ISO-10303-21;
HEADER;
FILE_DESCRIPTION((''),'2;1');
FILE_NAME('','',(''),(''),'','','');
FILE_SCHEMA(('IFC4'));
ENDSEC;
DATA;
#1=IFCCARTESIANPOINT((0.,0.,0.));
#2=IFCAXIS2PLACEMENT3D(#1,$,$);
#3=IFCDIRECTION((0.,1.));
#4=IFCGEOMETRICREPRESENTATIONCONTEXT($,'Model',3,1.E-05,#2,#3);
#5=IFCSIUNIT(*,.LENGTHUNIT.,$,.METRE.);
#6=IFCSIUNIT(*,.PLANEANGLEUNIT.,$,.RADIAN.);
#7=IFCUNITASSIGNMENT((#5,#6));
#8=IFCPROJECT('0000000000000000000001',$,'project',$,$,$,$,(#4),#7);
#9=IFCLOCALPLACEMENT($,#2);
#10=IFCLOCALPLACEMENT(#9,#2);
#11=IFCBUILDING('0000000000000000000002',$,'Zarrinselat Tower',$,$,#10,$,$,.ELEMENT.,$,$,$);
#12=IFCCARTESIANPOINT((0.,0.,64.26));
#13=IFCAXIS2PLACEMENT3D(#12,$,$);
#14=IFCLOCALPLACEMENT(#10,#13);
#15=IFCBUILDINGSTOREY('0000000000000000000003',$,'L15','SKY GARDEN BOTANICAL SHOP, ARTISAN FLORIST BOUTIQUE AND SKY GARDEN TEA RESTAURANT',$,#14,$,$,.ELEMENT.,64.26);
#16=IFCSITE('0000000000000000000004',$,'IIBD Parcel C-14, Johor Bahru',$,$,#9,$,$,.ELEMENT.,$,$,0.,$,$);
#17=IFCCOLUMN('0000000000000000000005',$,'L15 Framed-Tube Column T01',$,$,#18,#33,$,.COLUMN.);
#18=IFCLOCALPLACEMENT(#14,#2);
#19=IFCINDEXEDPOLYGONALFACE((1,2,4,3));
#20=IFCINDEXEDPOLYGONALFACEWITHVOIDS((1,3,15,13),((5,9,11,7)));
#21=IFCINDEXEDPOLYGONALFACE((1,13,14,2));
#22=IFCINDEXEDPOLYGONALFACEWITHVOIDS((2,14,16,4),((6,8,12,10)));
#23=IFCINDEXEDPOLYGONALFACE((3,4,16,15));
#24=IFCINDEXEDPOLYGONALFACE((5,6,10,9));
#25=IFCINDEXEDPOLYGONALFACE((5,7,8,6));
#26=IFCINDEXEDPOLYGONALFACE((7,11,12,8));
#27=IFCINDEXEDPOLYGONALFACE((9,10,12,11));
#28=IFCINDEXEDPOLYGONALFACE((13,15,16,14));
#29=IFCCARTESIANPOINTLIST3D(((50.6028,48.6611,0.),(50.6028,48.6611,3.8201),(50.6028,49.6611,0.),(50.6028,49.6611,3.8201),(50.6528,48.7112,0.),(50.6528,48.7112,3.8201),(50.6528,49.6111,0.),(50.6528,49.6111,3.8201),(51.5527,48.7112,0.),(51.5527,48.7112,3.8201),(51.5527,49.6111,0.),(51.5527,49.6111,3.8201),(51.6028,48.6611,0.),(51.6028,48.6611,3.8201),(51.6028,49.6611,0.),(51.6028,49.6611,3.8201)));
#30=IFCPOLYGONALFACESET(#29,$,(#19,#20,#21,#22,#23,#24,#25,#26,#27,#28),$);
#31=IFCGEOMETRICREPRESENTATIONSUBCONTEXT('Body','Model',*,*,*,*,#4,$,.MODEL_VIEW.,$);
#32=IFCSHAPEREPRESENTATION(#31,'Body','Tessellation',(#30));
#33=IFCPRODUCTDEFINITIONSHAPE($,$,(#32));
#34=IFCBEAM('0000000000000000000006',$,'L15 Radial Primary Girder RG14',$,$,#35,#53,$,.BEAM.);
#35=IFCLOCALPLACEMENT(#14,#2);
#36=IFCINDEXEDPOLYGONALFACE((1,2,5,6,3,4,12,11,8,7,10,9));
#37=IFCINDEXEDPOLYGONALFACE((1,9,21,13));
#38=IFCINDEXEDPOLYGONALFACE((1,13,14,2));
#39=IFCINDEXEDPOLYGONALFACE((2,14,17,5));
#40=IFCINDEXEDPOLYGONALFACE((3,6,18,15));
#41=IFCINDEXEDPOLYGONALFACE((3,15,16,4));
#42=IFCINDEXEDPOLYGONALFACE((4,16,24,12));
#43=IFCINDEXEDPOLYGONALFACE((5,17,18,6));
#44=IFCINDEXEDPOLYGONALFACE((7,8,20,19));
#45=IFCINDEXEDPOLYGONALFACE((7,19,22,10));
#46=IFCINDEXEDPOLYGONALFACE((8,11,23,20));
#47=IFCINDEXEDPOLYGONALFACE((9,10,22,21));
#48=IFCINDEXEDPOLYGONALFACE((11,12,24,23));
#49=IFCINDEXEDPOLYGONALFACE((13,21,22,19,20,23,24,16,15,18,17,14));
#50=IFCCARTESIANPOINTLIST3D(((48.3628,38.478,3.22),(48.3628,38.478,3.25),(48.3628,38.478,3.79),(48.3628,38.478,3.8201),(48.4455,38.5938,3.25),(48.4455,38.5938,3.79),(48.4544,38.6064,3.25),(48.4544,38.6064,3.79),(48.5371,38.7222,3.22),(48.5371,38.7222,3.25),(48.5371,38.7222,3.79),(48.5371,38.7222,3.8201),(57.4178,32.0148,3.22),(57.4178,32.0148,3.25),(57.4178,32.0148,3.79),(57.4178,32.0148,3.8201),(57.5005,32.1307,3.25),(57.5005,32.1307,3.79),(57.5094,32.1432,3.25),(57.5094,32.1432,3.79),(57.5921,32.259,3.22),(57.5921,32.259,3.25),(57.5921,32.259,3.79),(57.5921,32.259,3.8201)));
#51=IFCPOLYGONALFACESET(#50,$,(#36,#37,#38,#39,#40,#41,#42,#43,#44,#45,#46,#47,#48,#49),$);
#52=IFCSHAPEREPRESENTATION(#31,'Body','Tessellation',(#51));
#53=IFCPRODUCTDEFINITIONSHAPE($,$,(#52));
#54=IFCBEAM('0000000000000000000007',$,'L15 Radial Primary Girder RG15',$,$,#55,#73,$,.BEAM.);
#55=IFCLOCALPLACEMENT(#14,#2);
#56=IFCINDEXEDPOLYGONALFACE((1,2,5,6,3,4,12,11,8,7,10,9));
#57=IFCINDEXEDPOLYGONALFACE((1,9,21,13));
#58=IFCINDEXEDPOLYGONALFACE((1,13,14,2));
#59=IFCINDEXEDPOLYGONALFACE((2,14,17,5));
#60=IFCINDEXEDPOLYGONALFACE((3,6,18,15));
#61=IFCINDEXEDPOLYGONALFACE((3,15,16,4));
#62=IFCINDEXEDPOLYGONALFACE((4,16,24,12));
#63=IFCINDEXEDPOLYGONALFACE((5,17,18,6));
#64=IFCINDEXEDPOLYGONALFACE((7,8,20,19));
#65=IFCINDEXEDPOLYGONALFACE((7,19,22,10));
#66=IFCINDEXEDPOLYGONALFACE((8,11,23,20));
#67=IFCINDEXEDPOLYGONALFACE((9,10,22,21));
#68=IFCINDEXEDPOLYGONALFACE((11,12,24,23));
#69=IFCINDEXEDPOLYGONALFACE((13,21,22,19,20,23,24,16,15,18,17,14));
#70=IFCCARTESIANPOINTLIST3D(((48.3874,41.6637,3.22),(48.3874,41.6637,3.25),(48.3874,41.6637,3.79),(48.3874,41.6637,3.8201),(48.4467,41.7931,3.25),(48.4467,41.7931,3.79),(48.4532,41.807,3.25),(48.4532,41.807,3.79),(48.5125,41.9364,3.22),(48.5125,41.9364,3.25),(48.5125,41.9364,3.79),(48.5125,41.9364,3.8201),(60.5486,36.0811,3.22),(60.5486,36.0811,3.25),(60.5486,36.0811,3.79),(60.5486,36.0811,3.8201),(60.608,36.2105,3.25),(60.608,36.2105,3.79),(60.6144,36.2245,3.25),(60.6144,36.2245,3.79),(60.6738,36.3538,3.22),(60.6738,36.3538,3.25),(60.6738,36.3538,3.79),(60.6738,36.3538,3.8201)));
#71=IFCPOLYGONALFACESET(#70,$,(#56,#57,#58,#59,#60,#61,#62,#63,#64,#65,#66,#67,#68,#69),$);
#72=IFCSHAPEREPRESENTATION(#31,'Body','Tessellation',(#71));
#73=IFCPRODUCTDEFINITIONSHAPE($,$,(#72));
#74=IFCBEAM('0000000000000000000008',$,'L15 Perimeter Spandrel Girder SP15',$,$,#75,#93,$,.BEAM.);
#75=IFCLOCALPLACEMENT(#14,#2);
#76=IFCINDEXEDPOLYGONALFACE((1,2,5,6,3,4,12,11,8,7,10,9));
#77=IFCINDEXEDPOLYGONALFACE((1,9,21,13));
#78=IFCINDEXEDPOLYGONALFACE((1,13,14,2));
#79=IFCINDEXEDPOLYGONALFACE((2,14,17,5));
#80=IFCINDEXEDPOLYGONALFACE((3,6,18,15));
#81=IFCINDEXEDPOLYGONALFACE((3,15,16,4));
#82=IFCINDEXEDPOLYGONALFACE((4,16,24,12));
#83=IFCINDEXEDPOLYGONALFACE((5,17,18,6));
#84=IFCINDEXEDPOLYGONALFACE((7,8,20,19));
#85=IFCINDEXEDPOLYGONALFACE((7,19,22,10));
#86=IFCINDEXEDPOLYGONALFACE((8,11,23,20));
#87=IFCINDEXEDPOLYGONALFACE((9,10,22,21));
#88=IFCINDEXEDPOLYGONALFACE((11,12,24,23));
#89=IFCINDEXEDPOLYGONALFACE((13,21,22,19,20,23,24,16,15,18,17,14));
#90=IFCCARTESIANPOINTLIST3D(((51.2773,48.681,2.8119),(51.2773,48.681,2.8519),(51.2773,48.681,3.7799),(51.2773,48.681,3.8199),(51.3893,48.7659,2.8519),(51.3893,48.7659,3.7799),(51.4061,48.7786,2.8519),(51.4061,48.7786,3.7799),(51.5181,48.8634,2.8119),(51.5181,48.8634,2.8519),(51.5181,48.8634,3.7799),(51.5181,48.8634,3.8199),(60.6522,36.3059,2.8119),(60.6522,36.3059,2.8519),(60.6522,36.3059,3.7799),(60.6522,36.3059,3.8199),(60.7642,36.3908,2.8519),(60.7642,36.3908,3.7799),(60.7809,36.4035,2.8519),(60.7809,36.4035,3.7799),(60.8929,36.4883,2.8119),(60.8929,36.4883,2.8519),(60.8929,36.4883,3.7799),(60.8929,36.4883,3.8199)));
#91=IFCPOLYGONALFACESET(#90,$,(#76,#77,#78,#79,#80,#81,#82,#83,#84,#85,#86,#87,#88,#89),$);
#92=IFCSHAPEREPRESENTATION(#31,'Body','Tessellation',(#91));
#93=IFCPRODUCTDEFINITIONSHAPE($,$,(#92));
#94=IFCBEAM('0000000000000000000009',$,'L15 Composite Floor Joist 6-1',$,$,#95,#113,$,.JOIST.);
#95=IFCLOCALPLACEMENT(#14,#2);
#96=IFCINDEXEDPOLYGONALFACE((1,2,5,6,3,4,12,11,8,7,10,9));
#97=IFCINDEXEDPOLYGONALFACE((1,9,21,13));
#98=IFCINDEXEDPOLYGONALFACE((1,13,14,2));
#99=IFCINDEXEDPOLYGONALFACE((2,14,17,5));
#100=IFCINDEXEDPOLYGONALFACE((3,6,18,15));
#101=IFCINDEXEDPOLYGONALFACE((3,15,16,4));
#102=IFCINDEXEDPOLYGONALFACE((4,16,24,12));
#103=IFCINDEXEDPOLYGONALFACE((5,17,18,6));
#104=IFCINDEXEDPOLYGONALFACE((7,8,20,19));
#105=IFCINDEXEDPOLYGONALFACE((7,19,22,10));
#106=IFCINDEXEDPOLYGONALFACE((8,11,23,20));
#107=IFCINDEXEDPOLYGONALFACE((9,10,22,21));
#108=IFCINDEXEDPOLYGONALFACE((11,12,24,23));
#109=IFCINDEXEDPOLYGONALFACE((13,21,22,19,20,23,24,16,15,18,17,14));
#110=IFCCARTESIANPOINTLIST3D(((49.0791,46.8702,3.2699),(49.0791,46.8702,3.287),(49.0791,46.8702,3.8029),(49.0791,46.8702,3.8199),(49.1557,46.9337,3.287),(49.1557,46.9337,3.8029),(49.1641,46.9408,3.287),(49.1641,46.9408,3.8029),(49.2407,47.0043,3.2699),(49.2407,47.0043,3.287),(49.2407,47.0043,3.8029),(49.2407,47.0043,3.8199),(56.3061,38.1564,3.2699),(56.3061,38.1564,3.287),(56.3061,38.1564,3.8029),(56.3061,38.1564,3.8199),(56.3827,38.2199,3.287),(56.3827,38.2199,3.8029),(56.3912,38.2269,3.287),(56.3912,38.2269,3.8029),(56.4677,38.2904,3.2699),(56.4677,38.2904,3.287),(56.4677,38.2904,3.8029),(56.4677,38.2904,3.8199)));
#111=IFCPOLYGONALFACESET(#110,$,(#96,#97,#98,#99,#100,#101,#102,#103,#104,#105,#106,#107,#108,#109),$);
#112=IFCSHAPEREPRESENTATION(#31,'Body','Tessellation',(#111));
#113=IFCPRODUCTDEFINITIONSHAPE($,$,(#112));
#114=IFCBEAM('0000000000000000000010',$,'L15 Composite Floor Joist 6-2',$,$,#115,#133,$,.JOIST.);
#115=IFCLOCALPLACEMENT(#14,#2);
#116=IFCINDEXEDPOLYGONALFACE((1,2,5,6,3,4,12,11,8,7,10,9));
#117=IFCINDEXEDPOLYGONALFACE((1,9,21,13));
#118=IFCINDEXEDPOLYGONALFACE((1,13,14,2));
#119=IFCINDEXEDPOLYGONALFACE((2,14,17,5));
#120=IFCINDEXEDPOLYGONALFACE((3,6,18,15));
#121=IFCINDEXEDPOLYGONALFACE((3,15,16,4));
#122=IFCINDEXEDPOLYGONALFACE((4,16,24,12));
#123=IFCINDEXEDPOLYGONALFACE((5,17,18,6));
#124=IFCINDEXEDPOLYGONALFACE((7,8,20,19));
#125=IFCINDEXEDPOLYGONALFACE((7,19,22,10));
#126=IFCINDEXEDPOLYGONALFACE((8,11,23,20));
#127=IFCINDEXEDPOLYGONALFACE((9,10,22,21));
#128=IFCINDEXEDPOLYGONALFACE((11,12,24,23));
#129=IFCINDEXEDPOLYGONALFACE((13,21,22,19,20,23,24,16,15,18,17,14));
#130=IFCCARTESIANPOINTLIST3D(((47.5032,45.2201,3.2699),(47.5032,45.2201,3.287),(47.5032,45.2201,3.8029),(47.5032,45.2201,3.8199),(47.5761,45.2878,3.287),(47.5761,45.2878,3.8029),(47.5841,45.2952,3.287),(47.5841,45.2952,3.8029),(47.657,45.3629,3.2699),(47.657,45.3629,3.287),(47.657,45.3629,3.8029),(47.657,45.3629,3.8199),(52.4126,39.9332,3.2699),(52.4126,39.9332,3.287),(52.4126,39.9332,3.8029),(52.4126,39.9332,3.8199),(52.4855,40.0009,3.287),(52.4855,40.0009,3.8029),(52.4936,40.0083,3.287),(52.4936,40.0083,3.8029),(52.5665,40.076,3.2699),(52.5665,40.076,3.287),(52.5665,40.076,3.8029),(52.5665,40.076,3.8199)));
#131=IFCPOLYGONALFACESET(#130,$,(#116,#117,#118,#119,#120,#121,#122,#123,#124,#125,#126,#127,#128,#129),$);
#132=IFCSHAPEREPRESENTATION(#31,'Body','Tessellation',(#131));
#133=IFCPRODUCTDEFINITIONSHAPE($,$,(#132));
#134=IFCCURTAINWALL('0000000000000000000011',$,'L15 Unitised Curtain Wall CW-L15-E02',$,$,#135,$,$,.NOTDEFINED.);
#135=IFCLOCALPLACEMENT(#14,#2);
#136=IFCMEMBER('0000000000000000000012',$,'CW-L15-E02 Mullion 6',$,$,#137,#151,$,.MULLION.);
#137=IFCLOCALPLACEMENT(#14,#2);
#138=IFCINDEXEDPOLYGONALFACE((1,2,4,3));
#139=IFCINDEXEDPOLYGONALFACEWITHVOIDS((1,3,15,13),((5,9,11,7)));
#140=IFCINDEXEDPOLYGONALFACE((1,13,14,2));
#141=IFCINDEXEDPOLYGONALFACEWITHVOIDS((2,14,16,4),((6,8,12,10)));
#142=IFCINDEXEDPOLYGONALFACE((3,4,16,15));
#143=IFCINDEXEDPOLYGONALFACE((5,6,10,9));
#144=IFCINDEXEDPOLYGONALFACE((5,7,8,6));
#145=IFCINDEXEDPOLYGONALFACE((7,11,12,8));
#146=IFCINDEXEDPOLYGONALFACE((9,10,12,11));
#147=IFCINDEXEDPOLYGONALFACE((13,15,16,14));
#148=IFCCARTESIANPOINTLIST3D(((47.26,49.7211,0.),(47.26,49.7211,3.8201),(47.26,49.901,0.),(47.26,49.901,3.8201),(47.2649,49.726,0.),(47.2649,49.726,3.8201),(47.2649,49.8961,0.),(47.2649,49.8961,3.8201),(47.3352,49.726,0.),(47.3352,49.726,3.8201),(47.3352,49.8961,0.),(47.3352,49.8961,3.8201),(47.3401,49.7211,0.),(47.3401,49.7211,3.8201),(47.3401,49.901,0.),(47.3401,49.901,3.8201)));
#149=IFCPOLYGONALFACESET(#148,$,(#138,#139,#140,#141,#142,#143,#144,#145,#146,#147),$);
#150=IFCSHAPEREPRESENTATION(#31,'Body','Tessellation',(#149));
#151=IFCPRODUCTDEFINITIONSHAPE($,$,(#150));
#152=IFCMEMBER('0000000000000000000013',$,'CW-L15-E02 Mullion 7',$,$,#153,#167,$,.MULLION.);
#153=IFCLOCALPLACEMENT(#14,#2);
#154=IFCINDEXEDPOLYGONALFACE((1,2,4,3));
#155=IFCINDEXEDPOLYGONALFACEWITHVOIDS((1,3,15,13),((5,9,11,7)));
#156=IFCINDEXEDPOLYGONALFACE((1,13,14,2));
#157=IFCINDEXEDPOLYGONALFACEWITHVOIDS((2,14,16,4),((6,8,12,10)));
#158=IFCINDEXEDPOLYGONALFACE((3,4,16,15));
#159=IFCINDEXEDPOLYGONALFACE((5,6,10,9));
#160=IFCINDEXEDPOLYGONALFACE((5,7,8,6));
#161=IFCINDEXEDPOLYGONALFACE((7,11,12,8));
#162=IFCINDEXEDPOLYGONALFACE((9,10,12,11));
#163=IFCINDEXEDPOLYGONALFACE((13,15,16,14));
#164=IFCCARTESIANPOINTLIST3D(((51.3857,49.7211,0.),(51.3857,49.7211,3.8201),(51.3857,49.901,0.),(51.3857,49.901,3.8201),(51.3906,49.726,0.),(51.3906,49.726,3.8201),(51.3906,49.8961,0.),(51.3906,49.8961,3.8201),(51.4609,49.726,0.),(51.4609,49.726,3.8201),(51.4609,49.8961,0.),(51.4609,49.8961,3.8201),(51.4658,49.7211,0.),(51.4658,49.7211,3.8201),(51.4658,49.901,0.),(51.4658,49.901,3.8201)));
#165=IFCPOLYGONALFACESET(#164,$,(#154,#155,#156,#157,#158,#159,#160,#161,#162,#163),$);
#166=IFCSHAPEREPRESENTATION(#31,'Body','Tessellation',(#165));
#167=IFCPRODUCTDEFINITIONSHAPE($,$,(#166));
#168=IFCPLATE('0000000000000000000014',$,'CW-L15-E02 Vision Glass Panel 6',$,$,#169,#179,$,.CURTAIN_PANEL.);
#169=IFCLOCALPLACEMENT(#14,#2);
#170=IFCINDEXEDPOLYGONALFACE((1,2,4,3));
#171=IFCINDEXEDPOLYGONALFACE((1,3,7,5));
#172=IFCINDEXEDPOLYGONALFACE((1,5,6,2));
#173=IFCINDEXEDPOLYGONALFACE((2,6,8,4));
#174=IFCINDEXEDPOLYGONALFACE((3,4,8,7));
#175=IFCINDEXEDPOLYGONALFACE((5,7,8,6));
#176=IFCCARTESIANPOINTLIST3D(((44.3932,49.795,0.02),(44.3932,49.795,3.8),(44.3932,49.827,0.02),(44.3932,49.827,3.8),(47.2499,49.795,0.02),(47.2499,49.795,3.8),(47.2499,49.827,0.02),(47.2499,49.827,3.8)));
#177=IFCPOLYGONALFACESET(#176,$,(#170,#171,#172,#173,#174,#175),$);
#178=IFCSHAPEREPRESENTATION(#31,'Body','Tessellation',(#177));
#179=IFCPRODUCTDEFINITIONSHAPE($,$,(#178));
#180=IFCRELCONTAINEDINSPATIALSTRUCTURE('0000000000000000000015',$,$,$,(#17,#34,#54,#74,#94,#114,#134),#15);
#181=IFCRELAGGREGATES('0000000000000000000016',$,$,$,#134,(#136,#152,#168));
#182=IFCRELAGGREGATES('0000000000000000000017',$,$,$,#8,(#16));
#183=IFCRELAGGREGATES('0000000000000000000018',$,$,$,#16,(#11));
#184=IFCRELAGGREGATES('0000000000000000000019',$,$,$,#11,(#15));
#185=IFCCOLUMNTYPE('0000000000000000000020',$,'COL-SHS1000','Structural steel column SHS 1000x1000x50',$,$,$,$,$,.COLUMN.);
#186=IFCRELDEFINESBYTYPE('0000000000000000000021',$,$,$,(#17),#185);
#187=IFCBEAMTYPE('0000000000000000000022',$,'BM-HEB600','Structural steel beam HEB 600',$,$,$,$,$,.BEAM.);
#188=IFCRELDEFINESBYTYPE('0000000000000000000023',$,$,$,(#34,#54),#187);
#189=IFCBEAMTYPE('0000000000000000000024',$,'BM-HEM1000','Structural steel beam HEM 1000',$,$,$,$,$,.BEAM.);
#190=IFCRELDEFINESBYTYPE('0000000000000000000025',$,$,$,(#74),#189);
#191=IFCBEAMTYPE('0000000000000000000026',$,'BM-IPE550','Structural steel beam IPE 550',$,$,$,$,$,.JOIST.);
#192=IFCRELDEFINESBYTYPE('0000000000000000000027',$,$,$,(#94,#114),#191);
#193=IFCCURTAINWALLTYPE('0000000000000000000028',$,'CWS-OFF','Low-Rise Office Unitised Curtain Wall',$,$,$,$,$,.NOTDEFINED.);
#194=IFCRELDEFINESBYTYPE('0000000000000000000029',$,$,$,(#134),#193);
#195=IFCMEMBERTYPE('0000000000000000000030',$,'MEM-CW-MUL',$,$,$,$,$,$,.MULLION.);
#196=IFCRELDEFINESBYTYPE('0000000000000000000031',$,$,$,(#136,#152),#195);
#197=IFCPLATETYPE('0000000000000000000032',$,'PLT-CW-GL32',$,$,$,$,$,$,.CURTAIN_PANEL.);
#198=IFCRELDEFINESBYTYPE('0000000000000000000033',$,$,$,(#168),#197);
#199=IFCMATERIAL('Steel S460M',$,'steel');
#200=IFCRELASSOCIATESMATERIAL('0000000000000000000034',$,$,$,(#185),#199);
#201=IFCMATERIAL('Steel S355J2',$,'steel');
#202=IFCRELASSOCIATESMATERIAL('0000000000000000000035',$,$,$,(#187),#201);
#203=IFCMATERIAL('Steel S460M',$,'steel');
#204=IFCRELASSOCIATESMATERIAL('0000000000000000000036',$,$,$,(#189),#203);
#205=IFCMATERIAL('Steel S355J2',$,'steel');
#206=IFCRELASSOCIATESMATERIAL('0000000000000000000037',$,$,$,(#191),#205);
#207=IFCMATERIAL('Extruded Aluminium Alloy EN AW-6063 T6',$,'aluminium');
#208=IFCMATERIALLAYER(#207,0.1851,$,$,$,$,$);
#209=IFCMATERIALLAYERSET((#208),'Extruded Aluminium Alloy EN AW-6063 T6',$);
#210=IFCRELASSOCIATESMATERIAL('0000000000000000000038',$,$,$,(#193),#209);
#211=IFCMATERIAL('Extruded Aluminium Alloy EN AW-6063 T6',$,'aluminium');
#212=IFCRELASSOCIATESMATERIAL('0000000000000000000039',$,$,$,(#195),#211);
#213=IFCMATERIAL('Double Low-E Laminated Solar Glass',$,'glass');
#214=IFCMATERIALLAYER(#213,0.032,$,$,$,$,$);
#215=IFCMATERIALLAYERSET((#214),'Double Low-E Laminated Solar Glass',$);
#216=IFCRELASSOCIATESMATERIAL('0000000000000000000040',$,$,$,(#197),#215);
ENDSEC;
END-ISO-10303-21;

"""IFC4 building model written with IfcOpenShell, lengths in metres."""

from ifc_helpers import new_model, si_unit, direction, frame, origin, origin_2d, place, context, subcontext, project, spatial, rectangle, hollow_rectangle, i_section, extrude, material, layer, layer_set, material_profile, profile_set, type_object, element, aggregate, save


model = new_model("IFC4")

# Units and contexts
model_context = context("Model", 3, precision=1e-05, world=origin(), true_north=direction((0.0, 1.0)))
body_context = subcontext(model_context, "Body", "Model", "MODEL_VIEW")
ifc_project = project(units=[si_unit("LENGTHUNIT", "METRE"), si_unit("PLANEANGLEUNIT", "RADIAN")], contexts=[model_context])

# Site, building, storey
site_placement = place(None, origin())
site = spatial("IfcSite", under=ifc_project, at=site_placement, Name="IIBD Parcel C-14, Johor Bahru", CompositionType="ELEMENT", RefElevation=0.0)
building_placement = place(site_placement, origin())
building = spatial("IfcBuilding", under=site, at=building_placement, Name="Zarrinselat Tower", CompositionType="ELEMENT")
storey_placement = place(building_placement, frame((0.0, 0.0, 64.26)))
storey = spatial("IfcBuildingStorey", under=building, at=storey_placement, Name="L15", Description="SKY GARDEN BOTANICAL SHOP, ARTISAN FLORIST BOUTIQUE AND SKY GARDEN TEA RESTAURANT", CompositionType="ELEMENT", Elevation=64.26)

# Column
ifc_material_1 = material(Name="Steel S460M", Category="steel")
ifc_material_profile_1 = material_profile(ifc_material_1, hollow_rectangle(XDim=1.0, YDim=1.0, WallThickness=0.05, at=origin_2d()), Name="SHS 1000x1000x50")
ifc_profile_set_1 = profile_set([ifc_material_profile_1], Name="Steel S460M")
column_type = type_object("IfcColumnType", Name="COL-SHS1000", Description="Structural steel column SHS 1000x1000x50", PredefinedType="COLUMN", material=ifc_profile_set_1)
column_placement = place(storey_placement, frame((51.1028, 49.1611, 0.0), z_axis=(0.0, 0.0, 1.0), x_axis=(1.0, 0.0, 0.0)))
element("IfcColumn", 1, at=column_placement, inside=storey, type_object=column_type, Name="L15 Framed-Tube Column T01", PredefinedType="COLUMN", context=body_context, shape_type="SweptSolid", body=[
    extrude(hollow_rectangle(XDim=1.0, YDim=1.0, WallThickness=0.05, at=origin_2d()), origin(), (0.0, 0.0, 1.0), 3.8201),
])

# Beams
ifc_material_2 = material(Name="Steel S355J2", Category="steel")
ifc_material_profile_2 = material_profile(ifc_material_2, i_section(OverallWidth=0.3, OverallDepth=0.6001, WebThickness=0.0154, FlangeThickness=0.03, at=origin_2d()), Name="HEB 600")
ifc_profile_set_2 = profile_set([ifc_material_profile_2], Name="Steel S355J2")
beam_type_1 = type_object("IfcBeamType", Name="BM-HEB600", Description="Structural steel beam HEB 600", PredefinedType="BEAM", material=ifc_profile_set_2)
beam_1_placement = place(storey_placement, frame((48.45, 38.6001, 3.52), z_axis=(0.813932, -0.58096, 0.0), x_axis=(0.58096, 0.813932, 0.0)))
element("IfcBeam", 2, at=beam_1_placement, inside=storey, type_object=beam_type_1, Name="L15 Radial Primary Girder RG14", PredefinedType="BEAM", context=body_context, shape_type="SweptSolid", body=[
    extrude(i_section(OverallWidth=0.3, OverallDepth=0.6001, WebThickness=0.0154, FlangeThickness=0.03, at=origin_2d()), origin(), (0.0, 0.0, 1.0), 11.125),
])
beam_2_placement = place(storey_placement, frame((48.45, 41.8, 3.52), z_axis=(0.908819, -0.41719, 0.0), x_axis=(0.41719, 0.908819, 0.0)))
element("IfcBeam", 3, at=beam_2_placement, inside=storey, type_object=beam_type_1, Name="L15 Radial Primary Girder RG15", PredefinedType="BEAM", context=body_context, shape_type="SweptSolid", body=[
    extrude(i_section(OverallWidth=0.3, OverallDepth=0.6001, WebThickness=0.0154, FlangeThickness=0.03, at=origin_2d()), origin(), (0.0, 0.0, 1.0), 13.3813),
])
ifc_material_3 = material(Name="Steel S460M", Category="steel")
ifc_material_profile_3 = material_profile(ifc_material_3, i_section(OverallWidth=0.302, OverallDepth=1.0081, WebThickness=0.021, FlangeThickness=0.04, at=origin_2d()), Name="HEM 1000")
ifc_profile_set_3 = profile_set([ifc_material_profile_3], Name="Steel S460M")
beam_type_2 = type_object("IfcBeamType", Name="BM-HEM1000", Description="Structural steel beam HEM 1000", PredefinedType="BEAM", material=ifc_profile_set_3)
beam_3_placement = place(storey_placement, frame((51.3977, 48.7722, 3.3159), z_axis=(0.603848, -0.7971, 0.0), x_axis=(0.7971, 0.603848, 0.0)))
element("IfcBeam", 4, at=beam_3_placement, inside=storey, type_object=beam_type_2, Name="L15 Perimeter Spandrel Girder SP15", PredefinedType="BEAM", context=body_context, shape_type="SweptSolid", body=[
    extrude(i_section(OverallWidth=0.302, OverallDepth=1.0081, WebThickness=0.021, FlangeThickness=0.04, at=origin_2d()), origin(), (0.0, 0.0, 1.0), 15.5251),
])
ifc_material_4 = material(Name="Steel S355J2", Category="steel")
ifc_material_profile_4 = material_profile(ifc_material_4, i_section(OverallWidth=0.21, OverallDepth=0.55, WebThickness=0.011, FlangeThickness=0.0171, at=origin_2d()), Name="IPE 550")
ifc_profile_set_4 = profile_set([ifc_material_profile_4], Name="Steel S355J2")
beam_type_3 = type_object("IfcBeamType", Name="BM-IPE550", Description="Structural steel beam IPE 550", PredefinedType="JOIST", material=ifc_profile_set_4)
beam_4_placement = place(storey_placement, frame((49.1599, 46.9373, 3.5449), z_axis=(0.638384, -0.769718, 0.0), x_axis=(0.769718, 0.638384, 0.0)))
element("IfcBeam", 5, at=beam_4_placement, inside=storey, type_object=beam_type_3, Name="L15 Composite Floor Joist 6-1", PredefinedType="JOIST", context=body_context, shape_type="SweptSolid", body=[
    extrude(i_section(OverallWidth=0.21, OverallDepth=0.55, WebThickness=0.011, FlangeThickness=0.0171, at=origin_2d()), origin(), (0.0, 0.0, 1.0), 11.3208),
])
beam_5_placement = place(storey_placement, frame((47.5801, 45.2915, 3.5449), z_axis=(0.680465, -0.73278, 0.0), x_axis=(0.73278, 0.680465, 0.0)))
element("IfcBeam", 6, at=beam_5_placement, inside=storey, type_object=beam_type_3, Name="L15 Composite Floor Joist 6-2", PredefinedType="JOIST", context=body_context, shape_type="SweptSolid", body=[
    extrude(i_section(OverallWidth=0.21, OverallDepth=0.55, WebThickness=0.011, FlangeThickness=0.0171, at=origin_2d()), origin(), (0.0, 0.0, 1.0), 7.2148),
])

# Curtain wall, members, plate
ifc_material_5 = material(Name="Extruded Aluminium Alloy EN AW-6063 T6", Category="aluminium")
ifc_layer_1 = layer(ifc_material_5, 0.1851)
ifc_layer_set_1 = layer_set([ifc_layer_1], Name="Extruded Aluminium Alloy EN AW-6063 T6")
curtain_wall_type = type_object("IfcCurtainWallType", Name="CWS-OFF", Description="Low-Rise Office Unitised Curtain Wall", PredefinedType="NOTDEFINED", material=ifc_layer_set_1)
curtain_wall_placement = place(storey_placement, origin())
curtain_wall = element("IfcCurtainWall", 7, at=curtain_wall_placement, inside=storey, type_object=curtain_wall_type, Name="L15 Unitised Curtain Wall CW-L15-E02", PredefinedType="NOTDEFINED")
ifc_material_6 = material(Name="Extruded Aluminium Alloy EN AW-6063 T6", Category="aluminium")
ifc_material_profile_5 = material_profile(ifc_material_6, hollow_rectangle(XDim=0.0801, YDim=0.1799, WallThickness=0.0049, at=origin_2d()), Name="RHS 180x80x5")
ifc_profile_set_5 = profile_set([ifc_material_profile_5], Name="Extruded Aluminium Alloy EN AW-6063 T6")
member_type = type_object("IfcMemberType", Name="MEM-CW-MUL", PredefinedType="MULLION", material=ifc_profile_set_5)
member_1_placement = place(storey_placement, frame((47.3, 49.811, 0.0), z_axis=(0.0, 0.0, 1.0), x_axis=(1.0, 0.0, 0.0)))
member_1 = element("IfcMember", 8, at=member_1_placement, type_object=member_type, Name="CW-L15-E02 Mullion 6", PredefinedType="MULLION", context=body_context, shape_type="SweptSolid", body=[
    extrude(hollow_rectangle(XDim=0.0801, YDim=0.1799, WallThickness=0.0049, at=origin_2d()), origin(), (0.0, 0.0, 1.0), 3.8201),
])
member_2_placement = place(storey_placement, frame((51.4258, 49.811, 0.0), z_axis=(0.0, 0.0, 1.0), x_axis=(1.0, 0.0, 0.0)))
member_2 = element("IfcMember", 9, at=member_2_placement, type_object=member_type, Name="CW-L15-E02 Mullion 7", PredefinedType="MULLION", context=body_context, shape_type="SweptSolid", body=[
    extrude(hollow_rectangle(XDim=0.0801, YDim=0.1799, WallThickness=0.0049, at=origin_2d()), origin(), (0.0, 0.0, 1.0), 3.8201),
])
ifc_material_7 = material(Name="Double Low-E Laminated Solar Glass", Category="glass")
ifc_layer_2 = layer(ifc_material_7, 0.032)
ifc_layer_set_2 = layer_set([ifc_layer_2], Name="Double Low-E Laminated Solar Glass")
plate_type = type_object("IfcPlateType", Name="PLT-CW-GL32", PredefinedType="CURTAIN_PANEL", material=ifc_layer_set_2)
plate_1_placement = place(storey_placement, frame((45.8215, 49.811, 0.02), z_axis=(0.0, 0.0, 1.0), x_axis=(1.0, 0.0, 0.0)))
plate_1 = element("IfcPlate", 10, at=plate_1_placement, type_object=plate_type, Name="CW-L15-E02 Vision Glass Panel 6", PredefinedType="CURTAIN_PANEL", context=body_context, shape_type="SweptSolid", body=[
    extrude(rectangle(XDim=2.8567, YDim=0.032, at=origin_2d()), origin(), (0.0, 0.0, 1.0), 3.78),
])
aggregate(curtain_wall, [member_1, member_2, plate_1])

save(model, "model.ifc")
